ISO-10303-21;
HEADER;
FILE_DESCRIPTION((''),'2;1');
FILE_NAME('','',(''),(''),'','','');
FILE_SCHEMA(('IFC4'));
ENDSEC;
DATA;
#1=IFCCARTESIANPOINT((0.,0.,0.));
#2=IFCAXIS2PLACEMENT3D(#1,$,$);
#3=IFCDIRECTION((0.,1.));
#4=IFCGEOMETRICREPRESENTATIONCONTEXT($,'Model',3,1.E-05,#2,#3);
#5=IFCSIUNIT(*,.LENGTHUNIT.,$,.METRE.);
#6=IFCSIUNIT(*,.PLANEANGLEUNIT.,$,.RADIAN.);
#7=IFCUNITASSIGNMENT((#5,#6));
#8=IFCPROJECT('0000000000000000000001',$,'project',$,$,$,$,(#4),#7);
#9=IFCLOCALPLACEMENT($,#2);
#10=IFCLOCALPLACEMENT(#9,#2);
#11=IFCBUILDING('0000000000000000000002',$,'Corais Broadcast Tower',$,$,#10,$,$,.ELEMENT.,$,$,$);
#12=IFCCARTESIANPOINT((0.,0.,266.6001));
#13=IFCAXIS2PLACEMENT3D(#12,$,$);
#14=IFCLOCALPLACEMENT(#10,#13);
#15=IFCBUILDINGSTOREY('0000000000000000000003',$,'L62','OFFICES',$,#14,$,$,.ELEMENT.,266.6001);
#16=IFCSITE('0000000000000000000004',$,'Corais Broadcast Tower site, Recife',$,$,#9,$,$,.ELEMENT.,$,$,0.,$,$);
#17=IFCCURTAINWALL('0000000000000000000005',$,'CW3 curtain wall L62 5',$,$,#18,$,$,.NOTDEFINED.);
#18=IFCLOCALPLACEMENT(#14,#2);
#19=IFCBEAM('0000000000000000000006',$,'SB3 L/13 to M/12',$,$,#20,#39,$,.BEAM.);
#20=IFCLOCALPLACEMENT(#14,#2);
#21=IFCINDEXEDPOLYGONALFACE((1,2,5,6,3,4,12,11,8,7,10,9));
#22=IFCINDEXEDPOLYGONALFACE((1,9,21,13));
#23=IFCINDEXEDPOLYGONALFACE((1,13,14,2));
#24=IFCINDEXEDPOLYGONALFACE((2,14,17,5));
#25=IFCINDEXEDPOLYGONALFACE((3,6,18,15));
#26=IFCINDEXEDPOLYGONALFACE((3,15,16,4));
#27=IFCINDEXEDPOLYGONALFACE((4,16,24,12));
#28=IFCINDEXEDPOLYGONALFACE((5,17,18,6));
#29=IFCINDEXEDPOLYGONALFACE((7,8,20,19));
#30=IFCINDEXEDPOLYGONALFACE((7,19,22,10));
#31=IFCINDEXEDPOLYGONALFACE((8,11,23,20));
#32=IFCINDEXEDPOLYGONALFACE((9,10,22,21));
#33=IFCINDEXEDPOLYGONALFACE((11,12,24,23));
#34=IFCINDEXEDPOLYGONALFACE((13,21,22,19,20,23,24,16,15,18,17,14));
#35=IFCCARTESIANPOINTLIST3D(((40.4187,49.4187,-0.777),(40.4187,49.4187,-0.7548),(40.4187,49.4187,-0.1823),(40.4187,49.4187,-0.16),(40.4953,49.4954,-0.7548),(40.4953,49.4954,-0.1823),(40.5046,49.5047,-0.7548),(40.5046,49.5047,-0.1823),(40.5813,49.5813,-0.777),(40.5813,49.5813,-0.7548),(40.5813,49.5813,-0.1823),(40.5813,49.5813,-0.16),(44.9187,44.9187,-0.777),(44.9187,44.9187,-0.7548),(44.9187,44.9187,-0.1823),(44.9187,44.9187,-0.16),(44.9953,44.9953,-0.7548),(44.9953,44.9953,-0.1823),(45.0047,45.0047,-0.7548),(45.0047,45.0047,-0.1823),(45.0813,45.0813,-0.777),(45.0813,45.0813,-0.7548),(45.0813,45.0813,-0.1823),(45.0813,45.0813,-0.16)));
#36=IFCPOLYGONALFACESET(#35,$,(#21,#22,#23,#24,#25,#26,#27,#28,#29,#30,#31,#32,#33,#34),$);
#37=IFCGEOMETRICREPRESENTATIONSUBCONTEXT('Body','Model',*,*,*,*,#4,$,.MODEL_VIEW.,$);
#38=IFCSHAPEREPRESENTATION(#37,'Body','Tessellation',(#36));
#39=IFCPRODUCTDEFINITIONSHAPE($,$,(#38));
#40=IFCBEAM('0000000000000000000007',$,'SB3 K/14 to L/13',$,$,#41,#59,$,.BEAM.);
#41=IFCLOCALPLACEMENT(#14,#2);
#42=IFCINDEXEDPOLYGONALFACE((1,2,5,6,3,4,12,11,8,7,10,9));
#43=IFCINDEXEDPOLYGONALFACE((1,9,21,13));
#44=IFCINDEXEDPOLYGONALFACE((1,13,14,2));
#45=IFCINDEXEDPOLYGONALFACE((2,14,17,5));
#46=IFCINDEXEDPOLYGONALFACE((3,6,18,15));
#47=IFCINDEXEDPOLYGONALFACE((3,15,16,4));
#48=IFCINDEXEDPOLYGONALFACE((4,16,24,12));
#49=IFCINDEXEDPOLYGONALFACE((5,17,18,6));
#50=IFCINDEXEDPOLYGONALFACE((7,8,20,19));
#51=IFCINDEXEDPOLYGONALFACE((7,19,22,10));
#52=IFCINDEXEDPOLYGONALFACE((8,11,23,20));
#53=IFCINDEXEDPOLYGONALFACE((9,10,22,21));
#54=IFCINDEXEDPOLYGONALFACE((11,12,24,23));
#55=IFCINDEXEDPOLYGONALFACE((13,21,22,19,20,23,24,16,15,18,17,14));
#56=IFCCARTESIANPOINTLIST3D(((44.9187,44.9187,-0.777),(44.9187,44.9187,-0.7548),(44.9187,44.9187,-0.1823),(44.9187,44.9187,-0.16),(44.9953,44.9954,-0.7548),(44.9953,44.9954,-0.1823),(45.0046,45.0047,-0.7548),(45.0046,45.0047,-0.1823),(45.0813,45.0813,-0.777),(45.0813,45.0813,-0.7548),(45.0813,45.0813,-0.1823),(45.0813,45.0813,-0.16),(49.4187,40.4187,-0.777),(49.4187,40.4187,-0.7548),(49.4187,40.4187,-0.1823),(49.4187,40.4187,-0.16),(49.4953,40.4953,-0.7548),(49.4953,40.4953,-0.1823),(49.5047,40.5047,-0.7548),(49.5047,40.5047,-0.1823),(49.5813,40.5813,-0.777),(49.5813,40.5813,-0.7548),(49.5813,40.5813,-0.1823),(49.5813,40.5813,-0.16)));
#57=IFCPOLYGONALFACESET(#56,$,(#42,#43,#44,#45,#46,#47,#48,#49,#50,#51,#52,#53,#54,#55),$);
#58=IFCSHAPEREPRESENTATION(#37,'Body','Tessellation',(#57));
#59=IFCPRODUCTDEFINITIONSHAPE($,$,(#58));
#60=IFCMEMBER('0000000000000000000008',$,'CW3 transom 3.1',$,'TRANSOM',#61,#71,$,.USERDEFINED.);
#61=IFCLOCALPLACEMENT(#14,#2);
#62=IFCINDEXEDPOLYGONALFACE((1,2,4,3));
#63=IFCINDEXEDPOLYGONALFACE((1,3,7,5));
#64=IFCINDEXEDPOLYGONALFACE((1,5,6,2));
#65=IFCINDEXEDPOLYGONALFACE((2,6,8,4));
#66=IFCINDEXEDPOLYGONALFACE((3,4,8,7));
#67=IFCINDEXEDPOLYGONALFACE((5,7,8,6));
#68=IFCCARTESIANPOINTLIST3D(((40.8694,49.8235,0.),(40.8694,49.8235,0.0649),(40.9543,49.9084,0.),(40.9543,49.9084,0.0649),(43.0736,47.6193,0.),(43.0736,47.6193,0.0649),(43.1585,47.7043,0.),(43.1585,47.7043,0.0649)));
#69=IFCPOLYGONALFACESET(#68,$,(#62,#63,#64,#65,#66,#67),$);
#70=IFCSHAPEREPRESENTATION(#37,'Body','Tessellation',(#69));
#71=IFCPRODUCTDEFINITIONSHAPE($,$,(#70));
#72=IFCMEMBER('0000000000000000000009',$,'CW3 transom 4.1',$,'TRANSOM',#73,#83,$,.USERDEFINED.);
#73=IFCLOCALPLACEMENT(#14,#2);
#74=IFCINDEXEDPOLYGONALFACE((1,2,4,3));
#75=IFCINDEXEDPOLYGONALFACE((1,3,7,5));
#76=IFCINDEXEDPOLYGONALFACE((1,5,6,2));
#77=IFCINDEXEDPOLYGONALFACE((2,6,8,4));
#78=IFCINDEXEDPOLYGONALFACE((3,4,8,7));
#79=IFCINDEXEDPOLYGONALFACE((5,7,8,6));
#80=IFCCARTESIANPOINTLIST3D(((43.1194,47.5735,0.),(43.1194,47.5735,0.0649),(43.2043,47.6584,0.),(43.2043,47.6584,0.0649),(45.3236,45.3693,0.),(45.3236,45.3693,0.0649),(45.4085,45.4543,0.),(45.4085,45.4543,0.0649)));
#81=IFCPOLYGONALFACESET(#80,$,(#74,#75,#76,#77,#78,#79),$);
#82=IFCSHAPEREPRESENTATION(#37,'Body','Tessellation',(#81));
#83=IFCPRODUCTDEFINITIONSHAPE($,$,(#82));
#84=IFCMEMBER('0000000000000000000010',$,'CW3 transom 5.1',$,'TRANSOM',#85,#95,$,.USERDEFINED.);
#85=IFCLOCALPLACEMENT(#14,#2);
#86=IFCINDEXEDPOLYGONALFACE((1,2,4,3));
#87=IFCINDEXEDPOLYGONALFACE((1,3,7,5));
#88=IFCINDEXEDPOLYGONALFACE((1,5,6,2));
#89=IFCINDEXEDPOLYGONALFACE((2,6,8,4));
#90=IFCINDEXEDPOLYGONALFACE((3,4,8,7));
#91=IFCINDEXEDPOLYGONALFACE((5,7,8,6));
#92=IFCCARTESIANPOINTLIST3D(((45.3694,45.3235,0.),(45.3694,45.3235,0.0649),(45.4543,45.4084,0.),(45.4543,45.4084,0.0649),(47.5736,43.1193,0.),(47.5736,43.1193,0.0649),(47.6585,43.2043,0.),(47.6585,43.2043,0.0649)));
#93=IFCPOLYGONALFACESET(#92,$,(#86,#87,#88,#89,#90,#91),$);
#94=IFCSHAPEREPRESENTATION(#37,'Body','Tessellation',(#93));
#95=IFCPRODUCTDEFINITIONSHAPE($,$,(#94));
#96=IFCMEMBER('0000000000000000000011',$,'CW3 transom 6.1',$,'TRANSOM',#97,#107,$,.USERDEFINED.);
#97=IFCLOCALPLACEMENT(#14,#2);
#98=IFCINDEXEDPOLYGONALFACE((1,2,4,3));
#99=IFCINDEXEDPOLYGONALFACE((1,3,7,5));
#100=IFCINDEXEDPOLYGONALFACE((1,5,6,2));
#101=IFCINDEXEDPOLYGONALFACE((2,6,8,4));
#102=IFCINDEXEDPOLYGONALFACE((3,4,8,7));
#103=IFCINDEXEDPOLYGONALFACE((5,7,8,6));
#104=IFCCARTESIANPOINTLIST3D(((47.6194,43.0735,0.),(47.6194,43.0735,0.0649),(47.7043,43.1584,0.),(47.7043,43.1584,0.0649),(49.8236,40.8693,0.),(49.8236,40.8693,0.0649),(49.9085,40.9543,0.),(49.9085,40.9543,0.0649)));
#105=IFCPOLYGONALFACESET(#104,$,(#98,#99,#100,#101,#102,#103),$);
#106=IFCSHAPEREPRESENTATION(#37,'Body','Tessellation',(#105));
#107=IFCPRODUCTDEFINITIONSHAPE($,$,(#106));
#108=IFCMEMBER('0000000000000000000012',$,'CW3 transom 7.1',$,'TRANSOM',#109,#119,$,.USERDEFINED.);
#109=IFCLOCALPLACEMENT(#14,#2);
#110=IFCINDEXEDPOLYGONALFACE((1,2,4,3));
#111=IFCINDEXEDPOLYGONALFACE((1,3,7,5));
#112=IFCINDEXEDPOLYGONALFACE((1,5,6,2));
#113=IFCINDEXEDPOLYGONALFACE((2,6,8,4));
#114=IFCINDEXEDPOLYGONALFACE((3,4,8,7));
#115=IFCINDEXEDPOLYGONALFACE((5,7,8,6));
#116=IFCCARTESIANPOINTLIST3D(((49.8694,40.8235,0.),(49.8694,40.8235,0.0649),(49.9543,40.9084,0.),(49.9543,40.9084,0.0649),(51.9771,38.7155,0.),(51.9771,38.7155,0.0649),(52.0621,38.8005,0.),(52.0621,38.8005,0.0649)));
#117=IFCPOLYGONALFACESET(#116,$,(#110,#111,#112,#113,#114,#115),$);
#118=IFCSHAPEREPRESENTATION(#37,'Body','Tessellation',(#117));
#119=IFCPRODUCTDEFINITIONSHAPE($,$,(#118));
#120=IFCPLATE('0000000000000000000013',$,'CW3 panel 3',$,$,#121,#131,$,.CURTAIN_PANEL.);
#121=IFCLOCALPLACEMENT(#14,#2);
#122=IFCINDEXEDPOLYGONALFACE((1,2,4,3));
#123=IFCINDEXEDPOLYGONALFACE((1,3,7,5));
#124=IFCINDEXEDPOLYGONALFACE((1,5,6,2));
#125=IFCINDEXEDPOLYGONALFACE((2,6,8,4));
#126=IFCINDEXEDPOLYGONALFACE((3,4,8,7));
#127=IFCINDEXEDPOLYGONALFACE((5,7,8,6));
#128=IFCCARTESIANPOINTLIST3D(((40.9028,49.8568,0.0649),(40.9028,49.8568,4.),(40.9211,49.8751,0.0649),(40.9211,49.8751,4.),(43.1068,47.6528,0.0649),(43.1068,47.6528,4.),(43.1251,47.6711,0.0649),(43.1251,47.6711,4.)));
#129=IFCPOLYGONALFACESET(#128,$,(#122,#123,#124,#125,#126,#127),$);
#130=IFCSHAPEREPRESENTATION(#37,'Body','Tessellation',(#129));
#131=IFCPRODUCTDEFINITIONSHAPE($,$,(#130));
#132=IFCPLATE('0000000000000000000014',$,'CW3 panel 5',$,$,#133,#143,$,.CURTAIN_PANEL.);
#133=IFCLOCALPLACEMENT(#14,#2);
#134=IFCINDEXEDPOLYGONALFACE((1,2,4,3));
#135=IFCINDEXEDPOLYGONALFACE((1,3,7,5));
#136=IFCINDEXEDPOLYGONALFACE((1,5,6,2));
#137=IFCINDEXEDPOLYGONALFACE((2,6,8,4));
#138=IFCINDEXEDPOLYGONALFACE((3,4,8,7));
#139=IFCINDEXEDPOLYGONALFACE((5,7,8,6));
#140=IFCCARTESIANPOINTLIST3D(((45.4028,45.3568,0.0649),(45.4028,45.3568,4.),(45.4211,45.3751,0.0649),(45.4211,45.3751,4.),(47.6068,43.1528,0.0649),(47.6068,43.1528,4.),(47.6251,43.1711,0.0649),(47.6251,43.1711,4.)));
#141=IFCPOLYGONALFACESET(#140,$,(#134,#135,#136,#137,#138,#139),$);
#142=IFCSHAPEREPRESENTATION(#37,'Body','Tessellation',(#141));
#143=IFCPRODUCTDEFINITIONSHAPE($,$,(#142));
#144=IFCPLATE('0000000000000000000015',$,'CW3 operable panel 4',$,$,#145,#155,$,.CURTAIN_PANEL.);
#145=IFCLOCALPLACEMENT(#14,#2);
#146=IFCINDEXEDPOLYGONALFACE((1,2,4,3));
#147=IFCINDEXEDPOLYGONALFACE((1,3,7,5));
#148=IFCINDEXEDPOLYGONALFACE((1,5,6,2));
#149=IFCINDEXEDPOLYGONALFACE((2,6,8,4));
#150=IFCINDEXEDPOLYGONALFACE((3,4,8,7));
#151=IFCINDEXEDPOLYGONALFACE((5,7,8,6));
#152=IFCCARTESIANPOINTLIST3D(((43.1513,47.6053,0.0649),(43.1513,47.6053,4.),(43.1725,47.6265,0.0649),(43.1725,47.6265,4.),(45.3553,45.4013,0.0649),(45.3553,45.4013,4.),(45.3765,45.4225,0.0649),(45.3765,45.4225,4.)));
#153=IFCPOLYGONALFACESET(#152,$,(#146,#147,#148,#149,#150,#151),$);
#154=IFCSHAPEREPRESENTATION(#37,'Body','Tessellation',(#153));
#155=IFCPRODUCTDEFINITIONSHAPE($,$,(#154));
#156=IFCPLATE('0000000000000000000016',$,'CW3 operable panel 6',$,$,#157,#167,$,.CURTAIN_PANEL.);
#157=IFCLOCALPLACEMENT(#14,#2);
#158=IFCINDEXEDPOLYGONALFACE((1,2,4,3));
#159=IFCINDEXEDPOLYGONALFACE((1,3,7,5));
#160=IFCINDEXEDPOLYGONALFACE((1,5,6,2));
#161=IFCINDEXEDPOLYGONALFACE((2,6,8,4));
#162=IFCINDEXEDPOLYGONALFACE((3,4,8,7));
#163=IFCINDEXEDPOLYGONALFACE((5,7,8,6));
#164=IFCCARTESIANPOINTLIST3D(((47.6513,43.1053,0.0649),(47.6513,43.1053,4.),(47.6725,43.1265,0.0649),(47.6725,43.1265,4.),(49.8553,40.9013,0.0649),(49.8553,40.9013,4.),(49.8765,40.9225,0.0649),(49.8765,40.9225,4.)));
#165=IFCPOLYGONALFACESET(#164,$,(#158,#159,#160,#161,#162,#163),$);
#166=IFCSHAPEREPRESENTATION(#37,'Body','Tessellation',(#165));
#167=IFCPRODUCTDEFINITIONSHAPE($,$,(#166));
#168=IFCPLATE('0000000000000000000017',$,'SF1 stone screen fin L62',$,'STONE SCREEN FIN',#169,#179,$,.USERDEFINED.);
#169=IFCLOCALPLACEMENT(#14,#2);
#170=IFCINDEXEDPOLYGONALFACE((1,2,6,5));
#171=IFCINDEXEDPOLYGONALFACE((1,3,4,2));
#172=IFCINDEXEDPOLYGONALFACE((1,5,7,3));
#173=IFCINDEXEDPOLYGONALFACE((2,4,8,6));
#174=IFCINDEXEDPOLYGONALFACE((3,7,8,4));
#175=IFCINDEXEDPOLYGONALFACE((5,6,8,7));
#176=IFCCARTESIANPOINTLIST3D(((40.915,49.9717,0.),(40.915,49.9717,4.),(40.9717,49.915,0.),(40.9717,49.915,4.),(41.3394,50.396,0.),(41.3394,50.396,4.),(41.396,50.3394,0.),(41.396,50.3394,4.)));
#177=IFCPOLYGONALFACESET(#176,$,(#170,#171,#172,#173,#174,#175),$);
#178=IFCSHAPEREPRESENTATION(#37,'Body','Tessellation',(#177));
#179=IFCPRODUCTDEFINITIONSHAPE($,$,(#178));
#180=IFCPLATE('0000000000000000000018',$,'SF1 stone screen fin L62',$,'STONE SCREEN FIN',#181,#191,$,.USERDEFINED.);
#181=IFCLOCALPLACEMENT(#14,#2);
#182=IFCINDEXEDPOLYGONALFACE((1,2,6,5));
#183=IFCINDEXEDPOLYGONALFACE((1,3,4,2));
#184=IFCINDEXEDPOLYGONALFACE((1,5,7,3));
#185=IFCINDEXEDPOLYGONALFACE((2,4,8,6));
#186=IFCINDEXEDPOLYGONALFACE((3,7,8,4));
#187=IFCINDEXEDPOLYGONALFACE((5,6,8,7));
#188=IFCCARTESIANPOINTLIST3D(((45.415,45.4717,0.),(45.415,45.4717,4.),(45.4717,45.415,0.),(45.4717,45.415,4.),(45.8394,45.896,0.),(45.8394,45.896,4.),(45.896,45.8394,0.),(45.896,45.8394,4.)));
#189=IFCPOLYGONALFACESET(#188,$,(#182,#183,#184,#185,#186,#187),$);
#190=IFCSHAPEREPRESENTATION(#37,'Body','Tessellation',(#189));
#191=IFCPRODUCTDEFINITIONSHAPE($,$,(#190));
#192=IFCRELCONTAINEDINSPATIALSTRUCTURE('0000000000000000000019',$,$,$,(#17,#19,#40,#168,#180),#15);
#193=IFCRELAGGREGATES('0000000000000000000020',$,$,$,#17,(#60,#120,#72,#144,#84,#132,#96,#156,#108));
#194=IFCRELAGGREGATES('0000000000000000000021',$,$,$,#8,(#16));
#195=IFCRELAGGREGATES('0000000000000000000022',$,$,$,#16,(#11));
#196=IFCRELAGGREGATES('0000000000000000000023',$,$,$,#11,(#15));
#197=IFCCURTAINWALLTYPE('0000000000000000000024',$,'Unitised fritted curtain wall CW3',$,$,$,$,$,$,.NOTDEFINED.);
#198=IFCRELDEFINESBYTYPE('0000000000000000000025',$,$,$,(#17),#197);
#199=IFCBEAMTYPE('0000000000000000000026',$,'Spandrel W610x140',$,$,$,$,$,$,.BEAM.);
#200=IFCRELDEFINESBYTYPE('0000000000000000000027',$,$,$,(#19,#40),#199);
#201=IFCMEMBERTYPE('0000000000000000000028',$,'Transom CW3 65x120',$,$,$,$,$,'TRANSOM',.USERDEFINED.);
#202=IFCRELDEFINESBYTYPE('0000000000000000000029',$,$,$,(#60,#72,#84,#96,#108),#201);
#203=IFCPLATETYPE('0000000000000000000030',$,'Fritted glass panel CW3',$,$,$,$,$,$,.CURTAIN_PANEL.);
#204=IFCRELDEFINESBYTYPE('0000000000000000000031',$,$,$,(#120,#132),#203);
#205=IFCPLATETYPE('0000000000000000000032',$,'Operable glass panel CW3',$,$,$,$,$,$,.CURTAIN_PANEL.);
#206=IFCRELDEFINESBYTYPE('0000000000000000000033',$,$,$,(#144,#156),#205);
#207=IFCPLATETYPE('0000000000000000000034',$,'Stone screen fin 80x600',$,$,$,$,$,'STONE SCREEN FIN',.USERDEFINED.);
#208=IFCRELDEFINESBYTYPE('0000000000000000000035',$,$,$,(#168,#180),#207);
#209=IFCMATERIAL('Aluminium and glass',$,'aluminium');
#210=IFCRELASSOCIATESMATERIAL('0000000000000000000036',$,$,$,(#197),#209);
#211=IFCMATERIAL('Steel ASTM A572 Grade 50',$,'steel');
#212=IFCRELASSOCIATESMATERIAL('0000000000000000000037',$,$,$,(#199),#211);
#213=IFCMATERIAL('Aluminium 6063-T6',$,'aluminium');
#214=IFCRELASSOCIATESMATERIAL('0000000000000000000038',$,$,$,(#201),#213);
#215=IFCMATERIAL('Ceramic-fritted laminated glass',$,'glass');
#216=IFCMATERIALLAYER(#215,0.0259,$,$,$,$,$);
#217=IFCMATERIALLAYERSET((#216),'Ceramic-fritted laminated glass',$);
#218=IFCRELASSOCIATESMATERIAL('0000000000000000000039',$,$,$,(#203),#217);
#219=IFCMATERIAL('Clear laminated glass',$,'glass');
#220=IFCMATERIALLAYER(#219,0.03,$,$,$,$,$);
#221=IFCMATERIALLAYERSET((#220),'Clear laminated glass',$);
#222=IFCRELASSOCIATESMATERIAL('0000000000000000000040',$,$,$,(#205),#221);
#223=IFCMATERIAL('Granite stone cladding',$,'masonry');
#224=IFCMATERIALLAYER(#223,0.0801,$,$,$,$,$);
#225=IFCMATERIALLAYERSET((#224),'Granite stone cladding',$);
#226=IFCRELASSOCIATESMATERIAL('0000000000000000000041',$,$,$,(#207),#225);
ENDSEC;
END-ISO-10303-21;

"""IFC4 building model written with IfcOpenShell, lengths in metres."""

from ifc_helpers import new_model, si_unit, direction, frame, origin, origin_2d, place, context, subcontext, project, spatial, rectangle, i_section, extrude, material, layer, layer_set, material_profile, profile_set, type_object, element, aggregate, save


model = new_model("IFC4")

# Units and contexts
model_context = context("Model", 3, precision=1e-05, world=origin(), true_north=direction((0.0, 1.0)))
body_context = subcontext(model_context, "Body", "Model", "MODEL_VIEW")
ifc_project = project(units=[si_unit("LENGTHUNIT", "METRE"), si_unit("PLANEANGLEUNIT", "RADIAN")], contexts=[model_context])

# Site, building, storey
site_placement = place(None, origin())
site = spatial("IfcSite", under=ifc_project, at=site_placement, Name="Corais Broadcast Tower site, Recife", CompositionType="ELEMENT", RefElevation=0.0)
building_placement = place(site_placement, origin())
building = spatial("IfcBuilding", under=site, at=building_placement, Name="Corais Broadcast Tower", CompositionType="ELEMENT")
storey_placement = place(building_placement, frame((0.0, 0.0, 266.6001)))
storey = spatial("IfcBuildingStorey", under=building, at=storey_placement, Name="L62", Description="OFFICES", CompositionType="ELEMENT", Elevation=266.6001)

# Curtain wall
ifc_material_1 = material(Name="Aluminium and glass", Category="aluminium")
curtain_wall_type = type_object("IfcCurtainWallType", Name="Unitised fritted curtain wall CW3", PredefinedType="NOTDEFINED", material=ifc_material_1)
curtain_wall_placement = place(storey_placement, origin())
curtain_wall = element("IfcCurtainWall", 1, at=curtain_wall_placement, inside=storey, type_object=curtain_wall_type, Name="CW3 curtain wall L62 5", PredefinedType="NOTDEFINED")

# Beams
ifc_material_2 = material(Name="Steel ASTM A572 Grade 50", Category="steel")
ifc_material_profile_1 = material_profile(ifc_material_2, i_section(OverallWidth=0.23, OverallDepth=0.6169, WebThickness=0.0132, FlangeThickness=0.0222, at=origin_2d()), Name="W610x140")
ifc_profile_set_1 = profile_set([ifc_material_profile_1], Name="Steel ASTM A572 Grade 50")
beam_type_1 = type_object("IfcBeamType", Name="Spandrel W610x140", PredefinedType="BEAM", material=ifc_profile_set_1)
for number, where, z_axis, x_axis, name in (
    (2, (45.0, 45.0, -0.4685), (-0.707107, 0.707107, 0.0), (-0.707107, -0.707107, 0.0), "SB3 L/13 to M/12"),
    (3, (49.5, 40.5, -0.4685), (-0.707107, 0.707107, 0.0), (-0.707107, -0.707107, 0.0), "SB3 K/14 to L/13"),
):
    element("IfcBeam", number, at=place(storey_placement, frame(where, z_axis=z_axis, x_axis=x_axis)), inside=storey, type_object=beam_type_1, Name=name, PredefinedType="BEAM", context=body_context, shape_type="SweptSolid", body=[
        extrude(i_section(OverallWidth=0.23, OverallDepth=0.6169, WebThickness=0.0132, FlangeThickness=0.0222, at=origin_2d()), origin(), (0.0, 0.0, 1.0), 6.364),
    ])

# Members
ifc_material_3 = material(Name="Aluminium 6063-T6", Category="aluminium")
ifc_material_profile_2 = material_profile(ifc_material_3, rectangle(XDim=0.1201, YDim=0.0649, at=origin_2d()), Name="Transom CW3 65x120")
ifc_profile_set_2 = profile_set([ifc_material_profile_2], Name="Aluminium 6063-T6")
member_type_1 = type_object("IfcMemberType", Name="Transom CW3 65x120", ElementType="TRANSOM", PredefinedType="USERDEFINED", material=ifc_profile_set_2)
member_1_placement = place(storey_placement, frame((40.9119, 49.866, 0.0325), z_axis=(0.707107, -0.707107, 0.0), x_axis=(0.707107, 0.707107, 0.0)))
member_1 = element("IfcMember", 4, at=member_1_placement, type_object=member_type_1, Name="CW3 transom 3.1", ObjectType="TRANSOM", PredefinedType="USERDEFINED", context=body_context, shape_type="SweptSolid", body=[
    extrude(rectangle(XDim=0.1201, YDim=0.0649, at=origin_2d()), origin(), (0.0, 0.0, 1.0), 3.1172),
])
member_2_placement = place(storey_placement, frame((43.1619, 47.616, 0.0325), z_axis=(0.707107, -0.707107, 0.0), x_axis=(0.707107, 0.707107, 0.0)))
member_2 = element("IfcMember", 5, at=member_2_placement, type_object=member_type_1, Name="CW3 transom 4.1", ObjectType="TRANSOM", PredefinedType="USERDEFINED", context=body_context, shape_type="SweptSolid", body=[
    extrude(rectangle(XDim=0.1201, YDim=0.0649, at=origin_2d()), origin(), (0.0, 0.0, 1.0), 3.1172),
])
member_3_placement = place(storey_placement, frame((45.4119, 45.366, 0.0325), z_axis=(0.707107, -0.707107, 0.0), x_axis=(0.707107, 0.707107, 0.0)))
member_3 = element("IfcMember", 6, at=member_3_placement, type_object=member_type_1, Name="CW3 transom 5.1", ObjectType="TRANSOM", PredefinedType="USERDEFINED", context=body_context, shape_type="SweptSolid", body=[
    extrude(rectangle(XDim=0.1201, YDim=0.0649, at=origin_2d()), origin(), (0.0, 0.0, 1.0), 3.1172),
])
member_4_placement = place(storey_placement, frame((47.6619, 43.116, 0.0325), z_axis=(0.707107, -0.707107, 0.0), x_axis=(0.707107, 0.707107, 0.0)))
member_4 = element("IfcMember", 7, at=member_4_placement, type_object=member_type_1, Name="CW3 transom 6.1", ObjectType="TRANSOM", PredefinedType="USERDEFINED", context=body_context, shape_type="SweptSolid", body=[
    extrude(rectangle(XDim=0.1201, YDim=0.0649, at=origin_2d()), origin(), (0.0, 0.0, 1.0), 3.1172),
])
member_5_placement = place(storey_placement, frame((49.9119, 40.866, 0.0325), z_axis=(0.707066, -0.707148, 0.0), x_axis=(0.707148, 0.707066, 0.0)))
member_5 = element("IfcMember", 8, at=member_5_placement, type_object=member_type_1, Name="CW3 transom 7.1", ObjectType="TRANSOM", PredefinedType="USERDEFINED", context=body_context, shape_type="SweptSolid", body=[
    extrude(rectangle(XDim=0.1201, YDim=0.0649, at=origin_2d()), origin(), (0.0, 0.0, 1.0), 2.981),
])

# Plates
ifc_material_4 = material(Name="Ceramic-fritted laminated glass", Category="glass")
ifc_layer_1 = layer(ifc_material_4, 0.0259)
ifc_layer_set_1 = layer_set([ifc_layer_1], Name="Ceramic-fritted laminated glass")
plate_type_1 = type_object("IfcPlateType", Name="Fritted glass panel CW3", PredefinedType="CURTAIN_PANEL", material=ifc_layer_set_1)
plate_1_placement = place(storey_placement, frame((42.0139, 48.7639, 0.0649), z_axis=(0.0, 0.0, 1.0), x_axis=(0.707107, -0.707107, 0.0)))
plate_1 = element("IfcPlate", 9, at=plate_1_placement, type_object=plate_type_1, Name="CW3 panel 3", PredefinedType="CURTAIN_PANEL", context=body_context, shape_type="SweptSolid", body=[
    extrude(rectangle(XDim=3.1169, YDim=0.0259, at=origin_2d()), origin(), (0.0, 0.0, 1.0), 3.9351),
])
plate_2_placement = place(storey_placement, frame((46.5139, 44.2639, 0.0649), z_axis=(0.0, 0.0, 1.0), x_axis=(0.707107, -0.707107, 0.0)))
plate_2 = element("IfcPlate", 10, at=plate_2_placement, type_object=plate_type_1, Name="CW3 panel 5", PredefinedType="CURTAIN_PANEL", context=body_context, shape_type="SweptSolid", body=[
    extrude(rectangle(XDim=3.1169, YDim=0.0259, at=origin_2d()), origin(), (0.0, 0.0, 1.0), 3.9351),
])
ifc_material_5 = material(Name="Clear laminated glass", Category="glass")
ifc_layer_2 = layer(ifc_material_5, 0.03)
ifc_layer_set_2 = layer_set([ifc_layer_2], Name="Clear laminated glass")
plate_type_2 = type_object("IfcPlateType", Name="Operable glass panel CW3", PredefinedType="CURTAIN_PANEL", material=ifc_layer_set_2)
plate_3_placement = place(storey_placement, frame((44.2639, 46.5139, 0.0649), z_axis=(0.0, 0.0, 1.0), x_axis=(0.707107, -0.707107, 0.0)))
plate_3 = element("IfcPlate", 11, at=plate_3_placement, type_object=plate_type_2, Name="CW3 operable panel 4", PredefinedType="CURTAIN_PANEL", context=body_context, shape_type="SweptSolid", body=[
    extrude(rectangle(XDim=3.1169, YDim=0.03, at=origin_2d()), origin(), (0.0, 0.0, 1.0), 3.9351),
])
plate_4_placement = place(storey_placement, frame((48.7639, 42.0139, 0.0649), z_axis=(0.0, 0.0, 1.0), x_axis=(0.707107, -0.707107, 0.0)))
plate_4 = element("IfcPlate", 12, at=plate_4_placement, type_object=plate_type_2, Name="CW3 operable panel 6", PredefinedType="CURTAIN_PANEL", context=body_context, shape_type="SweptSolid", body=[
    extrude(rectangle(XDim=3.1169, YDim=0.03, at=origin_2d()), origin(), (0.0, 0.0, 1.0), 3.9351),
])
aggregate(curtain_wall, [member_1, plate_1, member_2, plate_3, member_3, plate_2, member_4, plate_4, member_5])

# Plates
ifc_material_6 = material(Name="Granite stone cladding", Category="masonry")
ifc_layer_3 = layer(ifc_material_6, 0.0801)
ifc_layer_set_3 = layer_set([ifc_layer_3], Name="Granite stone cladding")
plate_type_3 = type_object("IfcPlateType", Name="Stone screen fin 80x600", ElementType="STONE SCREEN FIN", PredefinedType="USERDEFINED", material=ifc_layer_set_3)
for number, where, z_axis, x_axis, name in (
    (13, (41.1555, 50.1555, 0.0), (0.0, 0.0, 1.0), (0.707107, -0.707107, 0.0), "SF1 stone screen fin L62"),
    (14, (45.6555, 45.6555, 0.0), (0.0, 0.0, 1.0), (0.707107, -0.707107, 0.0), "SF1 stone screen fin L62"),
):
    element("IfcPlate", number, at=place(storey_placement, frame(where, z_axis=z_axis, x_axis=x_axis)), inside=storey, type_object=plate_type_3, Name=name, ObjectType="STONE SCREEN FIN", PredefinedType="USERDEFINED", context=body_context, shape_type="SweptSolid", body=[
        extrude(rectangle(XDim=0.0801, YDim=0.6001, at=origin_2d()), origin(), (0.0, 0.0, 1.0), 4.0),
    ])

save(model, "model.ifc")
